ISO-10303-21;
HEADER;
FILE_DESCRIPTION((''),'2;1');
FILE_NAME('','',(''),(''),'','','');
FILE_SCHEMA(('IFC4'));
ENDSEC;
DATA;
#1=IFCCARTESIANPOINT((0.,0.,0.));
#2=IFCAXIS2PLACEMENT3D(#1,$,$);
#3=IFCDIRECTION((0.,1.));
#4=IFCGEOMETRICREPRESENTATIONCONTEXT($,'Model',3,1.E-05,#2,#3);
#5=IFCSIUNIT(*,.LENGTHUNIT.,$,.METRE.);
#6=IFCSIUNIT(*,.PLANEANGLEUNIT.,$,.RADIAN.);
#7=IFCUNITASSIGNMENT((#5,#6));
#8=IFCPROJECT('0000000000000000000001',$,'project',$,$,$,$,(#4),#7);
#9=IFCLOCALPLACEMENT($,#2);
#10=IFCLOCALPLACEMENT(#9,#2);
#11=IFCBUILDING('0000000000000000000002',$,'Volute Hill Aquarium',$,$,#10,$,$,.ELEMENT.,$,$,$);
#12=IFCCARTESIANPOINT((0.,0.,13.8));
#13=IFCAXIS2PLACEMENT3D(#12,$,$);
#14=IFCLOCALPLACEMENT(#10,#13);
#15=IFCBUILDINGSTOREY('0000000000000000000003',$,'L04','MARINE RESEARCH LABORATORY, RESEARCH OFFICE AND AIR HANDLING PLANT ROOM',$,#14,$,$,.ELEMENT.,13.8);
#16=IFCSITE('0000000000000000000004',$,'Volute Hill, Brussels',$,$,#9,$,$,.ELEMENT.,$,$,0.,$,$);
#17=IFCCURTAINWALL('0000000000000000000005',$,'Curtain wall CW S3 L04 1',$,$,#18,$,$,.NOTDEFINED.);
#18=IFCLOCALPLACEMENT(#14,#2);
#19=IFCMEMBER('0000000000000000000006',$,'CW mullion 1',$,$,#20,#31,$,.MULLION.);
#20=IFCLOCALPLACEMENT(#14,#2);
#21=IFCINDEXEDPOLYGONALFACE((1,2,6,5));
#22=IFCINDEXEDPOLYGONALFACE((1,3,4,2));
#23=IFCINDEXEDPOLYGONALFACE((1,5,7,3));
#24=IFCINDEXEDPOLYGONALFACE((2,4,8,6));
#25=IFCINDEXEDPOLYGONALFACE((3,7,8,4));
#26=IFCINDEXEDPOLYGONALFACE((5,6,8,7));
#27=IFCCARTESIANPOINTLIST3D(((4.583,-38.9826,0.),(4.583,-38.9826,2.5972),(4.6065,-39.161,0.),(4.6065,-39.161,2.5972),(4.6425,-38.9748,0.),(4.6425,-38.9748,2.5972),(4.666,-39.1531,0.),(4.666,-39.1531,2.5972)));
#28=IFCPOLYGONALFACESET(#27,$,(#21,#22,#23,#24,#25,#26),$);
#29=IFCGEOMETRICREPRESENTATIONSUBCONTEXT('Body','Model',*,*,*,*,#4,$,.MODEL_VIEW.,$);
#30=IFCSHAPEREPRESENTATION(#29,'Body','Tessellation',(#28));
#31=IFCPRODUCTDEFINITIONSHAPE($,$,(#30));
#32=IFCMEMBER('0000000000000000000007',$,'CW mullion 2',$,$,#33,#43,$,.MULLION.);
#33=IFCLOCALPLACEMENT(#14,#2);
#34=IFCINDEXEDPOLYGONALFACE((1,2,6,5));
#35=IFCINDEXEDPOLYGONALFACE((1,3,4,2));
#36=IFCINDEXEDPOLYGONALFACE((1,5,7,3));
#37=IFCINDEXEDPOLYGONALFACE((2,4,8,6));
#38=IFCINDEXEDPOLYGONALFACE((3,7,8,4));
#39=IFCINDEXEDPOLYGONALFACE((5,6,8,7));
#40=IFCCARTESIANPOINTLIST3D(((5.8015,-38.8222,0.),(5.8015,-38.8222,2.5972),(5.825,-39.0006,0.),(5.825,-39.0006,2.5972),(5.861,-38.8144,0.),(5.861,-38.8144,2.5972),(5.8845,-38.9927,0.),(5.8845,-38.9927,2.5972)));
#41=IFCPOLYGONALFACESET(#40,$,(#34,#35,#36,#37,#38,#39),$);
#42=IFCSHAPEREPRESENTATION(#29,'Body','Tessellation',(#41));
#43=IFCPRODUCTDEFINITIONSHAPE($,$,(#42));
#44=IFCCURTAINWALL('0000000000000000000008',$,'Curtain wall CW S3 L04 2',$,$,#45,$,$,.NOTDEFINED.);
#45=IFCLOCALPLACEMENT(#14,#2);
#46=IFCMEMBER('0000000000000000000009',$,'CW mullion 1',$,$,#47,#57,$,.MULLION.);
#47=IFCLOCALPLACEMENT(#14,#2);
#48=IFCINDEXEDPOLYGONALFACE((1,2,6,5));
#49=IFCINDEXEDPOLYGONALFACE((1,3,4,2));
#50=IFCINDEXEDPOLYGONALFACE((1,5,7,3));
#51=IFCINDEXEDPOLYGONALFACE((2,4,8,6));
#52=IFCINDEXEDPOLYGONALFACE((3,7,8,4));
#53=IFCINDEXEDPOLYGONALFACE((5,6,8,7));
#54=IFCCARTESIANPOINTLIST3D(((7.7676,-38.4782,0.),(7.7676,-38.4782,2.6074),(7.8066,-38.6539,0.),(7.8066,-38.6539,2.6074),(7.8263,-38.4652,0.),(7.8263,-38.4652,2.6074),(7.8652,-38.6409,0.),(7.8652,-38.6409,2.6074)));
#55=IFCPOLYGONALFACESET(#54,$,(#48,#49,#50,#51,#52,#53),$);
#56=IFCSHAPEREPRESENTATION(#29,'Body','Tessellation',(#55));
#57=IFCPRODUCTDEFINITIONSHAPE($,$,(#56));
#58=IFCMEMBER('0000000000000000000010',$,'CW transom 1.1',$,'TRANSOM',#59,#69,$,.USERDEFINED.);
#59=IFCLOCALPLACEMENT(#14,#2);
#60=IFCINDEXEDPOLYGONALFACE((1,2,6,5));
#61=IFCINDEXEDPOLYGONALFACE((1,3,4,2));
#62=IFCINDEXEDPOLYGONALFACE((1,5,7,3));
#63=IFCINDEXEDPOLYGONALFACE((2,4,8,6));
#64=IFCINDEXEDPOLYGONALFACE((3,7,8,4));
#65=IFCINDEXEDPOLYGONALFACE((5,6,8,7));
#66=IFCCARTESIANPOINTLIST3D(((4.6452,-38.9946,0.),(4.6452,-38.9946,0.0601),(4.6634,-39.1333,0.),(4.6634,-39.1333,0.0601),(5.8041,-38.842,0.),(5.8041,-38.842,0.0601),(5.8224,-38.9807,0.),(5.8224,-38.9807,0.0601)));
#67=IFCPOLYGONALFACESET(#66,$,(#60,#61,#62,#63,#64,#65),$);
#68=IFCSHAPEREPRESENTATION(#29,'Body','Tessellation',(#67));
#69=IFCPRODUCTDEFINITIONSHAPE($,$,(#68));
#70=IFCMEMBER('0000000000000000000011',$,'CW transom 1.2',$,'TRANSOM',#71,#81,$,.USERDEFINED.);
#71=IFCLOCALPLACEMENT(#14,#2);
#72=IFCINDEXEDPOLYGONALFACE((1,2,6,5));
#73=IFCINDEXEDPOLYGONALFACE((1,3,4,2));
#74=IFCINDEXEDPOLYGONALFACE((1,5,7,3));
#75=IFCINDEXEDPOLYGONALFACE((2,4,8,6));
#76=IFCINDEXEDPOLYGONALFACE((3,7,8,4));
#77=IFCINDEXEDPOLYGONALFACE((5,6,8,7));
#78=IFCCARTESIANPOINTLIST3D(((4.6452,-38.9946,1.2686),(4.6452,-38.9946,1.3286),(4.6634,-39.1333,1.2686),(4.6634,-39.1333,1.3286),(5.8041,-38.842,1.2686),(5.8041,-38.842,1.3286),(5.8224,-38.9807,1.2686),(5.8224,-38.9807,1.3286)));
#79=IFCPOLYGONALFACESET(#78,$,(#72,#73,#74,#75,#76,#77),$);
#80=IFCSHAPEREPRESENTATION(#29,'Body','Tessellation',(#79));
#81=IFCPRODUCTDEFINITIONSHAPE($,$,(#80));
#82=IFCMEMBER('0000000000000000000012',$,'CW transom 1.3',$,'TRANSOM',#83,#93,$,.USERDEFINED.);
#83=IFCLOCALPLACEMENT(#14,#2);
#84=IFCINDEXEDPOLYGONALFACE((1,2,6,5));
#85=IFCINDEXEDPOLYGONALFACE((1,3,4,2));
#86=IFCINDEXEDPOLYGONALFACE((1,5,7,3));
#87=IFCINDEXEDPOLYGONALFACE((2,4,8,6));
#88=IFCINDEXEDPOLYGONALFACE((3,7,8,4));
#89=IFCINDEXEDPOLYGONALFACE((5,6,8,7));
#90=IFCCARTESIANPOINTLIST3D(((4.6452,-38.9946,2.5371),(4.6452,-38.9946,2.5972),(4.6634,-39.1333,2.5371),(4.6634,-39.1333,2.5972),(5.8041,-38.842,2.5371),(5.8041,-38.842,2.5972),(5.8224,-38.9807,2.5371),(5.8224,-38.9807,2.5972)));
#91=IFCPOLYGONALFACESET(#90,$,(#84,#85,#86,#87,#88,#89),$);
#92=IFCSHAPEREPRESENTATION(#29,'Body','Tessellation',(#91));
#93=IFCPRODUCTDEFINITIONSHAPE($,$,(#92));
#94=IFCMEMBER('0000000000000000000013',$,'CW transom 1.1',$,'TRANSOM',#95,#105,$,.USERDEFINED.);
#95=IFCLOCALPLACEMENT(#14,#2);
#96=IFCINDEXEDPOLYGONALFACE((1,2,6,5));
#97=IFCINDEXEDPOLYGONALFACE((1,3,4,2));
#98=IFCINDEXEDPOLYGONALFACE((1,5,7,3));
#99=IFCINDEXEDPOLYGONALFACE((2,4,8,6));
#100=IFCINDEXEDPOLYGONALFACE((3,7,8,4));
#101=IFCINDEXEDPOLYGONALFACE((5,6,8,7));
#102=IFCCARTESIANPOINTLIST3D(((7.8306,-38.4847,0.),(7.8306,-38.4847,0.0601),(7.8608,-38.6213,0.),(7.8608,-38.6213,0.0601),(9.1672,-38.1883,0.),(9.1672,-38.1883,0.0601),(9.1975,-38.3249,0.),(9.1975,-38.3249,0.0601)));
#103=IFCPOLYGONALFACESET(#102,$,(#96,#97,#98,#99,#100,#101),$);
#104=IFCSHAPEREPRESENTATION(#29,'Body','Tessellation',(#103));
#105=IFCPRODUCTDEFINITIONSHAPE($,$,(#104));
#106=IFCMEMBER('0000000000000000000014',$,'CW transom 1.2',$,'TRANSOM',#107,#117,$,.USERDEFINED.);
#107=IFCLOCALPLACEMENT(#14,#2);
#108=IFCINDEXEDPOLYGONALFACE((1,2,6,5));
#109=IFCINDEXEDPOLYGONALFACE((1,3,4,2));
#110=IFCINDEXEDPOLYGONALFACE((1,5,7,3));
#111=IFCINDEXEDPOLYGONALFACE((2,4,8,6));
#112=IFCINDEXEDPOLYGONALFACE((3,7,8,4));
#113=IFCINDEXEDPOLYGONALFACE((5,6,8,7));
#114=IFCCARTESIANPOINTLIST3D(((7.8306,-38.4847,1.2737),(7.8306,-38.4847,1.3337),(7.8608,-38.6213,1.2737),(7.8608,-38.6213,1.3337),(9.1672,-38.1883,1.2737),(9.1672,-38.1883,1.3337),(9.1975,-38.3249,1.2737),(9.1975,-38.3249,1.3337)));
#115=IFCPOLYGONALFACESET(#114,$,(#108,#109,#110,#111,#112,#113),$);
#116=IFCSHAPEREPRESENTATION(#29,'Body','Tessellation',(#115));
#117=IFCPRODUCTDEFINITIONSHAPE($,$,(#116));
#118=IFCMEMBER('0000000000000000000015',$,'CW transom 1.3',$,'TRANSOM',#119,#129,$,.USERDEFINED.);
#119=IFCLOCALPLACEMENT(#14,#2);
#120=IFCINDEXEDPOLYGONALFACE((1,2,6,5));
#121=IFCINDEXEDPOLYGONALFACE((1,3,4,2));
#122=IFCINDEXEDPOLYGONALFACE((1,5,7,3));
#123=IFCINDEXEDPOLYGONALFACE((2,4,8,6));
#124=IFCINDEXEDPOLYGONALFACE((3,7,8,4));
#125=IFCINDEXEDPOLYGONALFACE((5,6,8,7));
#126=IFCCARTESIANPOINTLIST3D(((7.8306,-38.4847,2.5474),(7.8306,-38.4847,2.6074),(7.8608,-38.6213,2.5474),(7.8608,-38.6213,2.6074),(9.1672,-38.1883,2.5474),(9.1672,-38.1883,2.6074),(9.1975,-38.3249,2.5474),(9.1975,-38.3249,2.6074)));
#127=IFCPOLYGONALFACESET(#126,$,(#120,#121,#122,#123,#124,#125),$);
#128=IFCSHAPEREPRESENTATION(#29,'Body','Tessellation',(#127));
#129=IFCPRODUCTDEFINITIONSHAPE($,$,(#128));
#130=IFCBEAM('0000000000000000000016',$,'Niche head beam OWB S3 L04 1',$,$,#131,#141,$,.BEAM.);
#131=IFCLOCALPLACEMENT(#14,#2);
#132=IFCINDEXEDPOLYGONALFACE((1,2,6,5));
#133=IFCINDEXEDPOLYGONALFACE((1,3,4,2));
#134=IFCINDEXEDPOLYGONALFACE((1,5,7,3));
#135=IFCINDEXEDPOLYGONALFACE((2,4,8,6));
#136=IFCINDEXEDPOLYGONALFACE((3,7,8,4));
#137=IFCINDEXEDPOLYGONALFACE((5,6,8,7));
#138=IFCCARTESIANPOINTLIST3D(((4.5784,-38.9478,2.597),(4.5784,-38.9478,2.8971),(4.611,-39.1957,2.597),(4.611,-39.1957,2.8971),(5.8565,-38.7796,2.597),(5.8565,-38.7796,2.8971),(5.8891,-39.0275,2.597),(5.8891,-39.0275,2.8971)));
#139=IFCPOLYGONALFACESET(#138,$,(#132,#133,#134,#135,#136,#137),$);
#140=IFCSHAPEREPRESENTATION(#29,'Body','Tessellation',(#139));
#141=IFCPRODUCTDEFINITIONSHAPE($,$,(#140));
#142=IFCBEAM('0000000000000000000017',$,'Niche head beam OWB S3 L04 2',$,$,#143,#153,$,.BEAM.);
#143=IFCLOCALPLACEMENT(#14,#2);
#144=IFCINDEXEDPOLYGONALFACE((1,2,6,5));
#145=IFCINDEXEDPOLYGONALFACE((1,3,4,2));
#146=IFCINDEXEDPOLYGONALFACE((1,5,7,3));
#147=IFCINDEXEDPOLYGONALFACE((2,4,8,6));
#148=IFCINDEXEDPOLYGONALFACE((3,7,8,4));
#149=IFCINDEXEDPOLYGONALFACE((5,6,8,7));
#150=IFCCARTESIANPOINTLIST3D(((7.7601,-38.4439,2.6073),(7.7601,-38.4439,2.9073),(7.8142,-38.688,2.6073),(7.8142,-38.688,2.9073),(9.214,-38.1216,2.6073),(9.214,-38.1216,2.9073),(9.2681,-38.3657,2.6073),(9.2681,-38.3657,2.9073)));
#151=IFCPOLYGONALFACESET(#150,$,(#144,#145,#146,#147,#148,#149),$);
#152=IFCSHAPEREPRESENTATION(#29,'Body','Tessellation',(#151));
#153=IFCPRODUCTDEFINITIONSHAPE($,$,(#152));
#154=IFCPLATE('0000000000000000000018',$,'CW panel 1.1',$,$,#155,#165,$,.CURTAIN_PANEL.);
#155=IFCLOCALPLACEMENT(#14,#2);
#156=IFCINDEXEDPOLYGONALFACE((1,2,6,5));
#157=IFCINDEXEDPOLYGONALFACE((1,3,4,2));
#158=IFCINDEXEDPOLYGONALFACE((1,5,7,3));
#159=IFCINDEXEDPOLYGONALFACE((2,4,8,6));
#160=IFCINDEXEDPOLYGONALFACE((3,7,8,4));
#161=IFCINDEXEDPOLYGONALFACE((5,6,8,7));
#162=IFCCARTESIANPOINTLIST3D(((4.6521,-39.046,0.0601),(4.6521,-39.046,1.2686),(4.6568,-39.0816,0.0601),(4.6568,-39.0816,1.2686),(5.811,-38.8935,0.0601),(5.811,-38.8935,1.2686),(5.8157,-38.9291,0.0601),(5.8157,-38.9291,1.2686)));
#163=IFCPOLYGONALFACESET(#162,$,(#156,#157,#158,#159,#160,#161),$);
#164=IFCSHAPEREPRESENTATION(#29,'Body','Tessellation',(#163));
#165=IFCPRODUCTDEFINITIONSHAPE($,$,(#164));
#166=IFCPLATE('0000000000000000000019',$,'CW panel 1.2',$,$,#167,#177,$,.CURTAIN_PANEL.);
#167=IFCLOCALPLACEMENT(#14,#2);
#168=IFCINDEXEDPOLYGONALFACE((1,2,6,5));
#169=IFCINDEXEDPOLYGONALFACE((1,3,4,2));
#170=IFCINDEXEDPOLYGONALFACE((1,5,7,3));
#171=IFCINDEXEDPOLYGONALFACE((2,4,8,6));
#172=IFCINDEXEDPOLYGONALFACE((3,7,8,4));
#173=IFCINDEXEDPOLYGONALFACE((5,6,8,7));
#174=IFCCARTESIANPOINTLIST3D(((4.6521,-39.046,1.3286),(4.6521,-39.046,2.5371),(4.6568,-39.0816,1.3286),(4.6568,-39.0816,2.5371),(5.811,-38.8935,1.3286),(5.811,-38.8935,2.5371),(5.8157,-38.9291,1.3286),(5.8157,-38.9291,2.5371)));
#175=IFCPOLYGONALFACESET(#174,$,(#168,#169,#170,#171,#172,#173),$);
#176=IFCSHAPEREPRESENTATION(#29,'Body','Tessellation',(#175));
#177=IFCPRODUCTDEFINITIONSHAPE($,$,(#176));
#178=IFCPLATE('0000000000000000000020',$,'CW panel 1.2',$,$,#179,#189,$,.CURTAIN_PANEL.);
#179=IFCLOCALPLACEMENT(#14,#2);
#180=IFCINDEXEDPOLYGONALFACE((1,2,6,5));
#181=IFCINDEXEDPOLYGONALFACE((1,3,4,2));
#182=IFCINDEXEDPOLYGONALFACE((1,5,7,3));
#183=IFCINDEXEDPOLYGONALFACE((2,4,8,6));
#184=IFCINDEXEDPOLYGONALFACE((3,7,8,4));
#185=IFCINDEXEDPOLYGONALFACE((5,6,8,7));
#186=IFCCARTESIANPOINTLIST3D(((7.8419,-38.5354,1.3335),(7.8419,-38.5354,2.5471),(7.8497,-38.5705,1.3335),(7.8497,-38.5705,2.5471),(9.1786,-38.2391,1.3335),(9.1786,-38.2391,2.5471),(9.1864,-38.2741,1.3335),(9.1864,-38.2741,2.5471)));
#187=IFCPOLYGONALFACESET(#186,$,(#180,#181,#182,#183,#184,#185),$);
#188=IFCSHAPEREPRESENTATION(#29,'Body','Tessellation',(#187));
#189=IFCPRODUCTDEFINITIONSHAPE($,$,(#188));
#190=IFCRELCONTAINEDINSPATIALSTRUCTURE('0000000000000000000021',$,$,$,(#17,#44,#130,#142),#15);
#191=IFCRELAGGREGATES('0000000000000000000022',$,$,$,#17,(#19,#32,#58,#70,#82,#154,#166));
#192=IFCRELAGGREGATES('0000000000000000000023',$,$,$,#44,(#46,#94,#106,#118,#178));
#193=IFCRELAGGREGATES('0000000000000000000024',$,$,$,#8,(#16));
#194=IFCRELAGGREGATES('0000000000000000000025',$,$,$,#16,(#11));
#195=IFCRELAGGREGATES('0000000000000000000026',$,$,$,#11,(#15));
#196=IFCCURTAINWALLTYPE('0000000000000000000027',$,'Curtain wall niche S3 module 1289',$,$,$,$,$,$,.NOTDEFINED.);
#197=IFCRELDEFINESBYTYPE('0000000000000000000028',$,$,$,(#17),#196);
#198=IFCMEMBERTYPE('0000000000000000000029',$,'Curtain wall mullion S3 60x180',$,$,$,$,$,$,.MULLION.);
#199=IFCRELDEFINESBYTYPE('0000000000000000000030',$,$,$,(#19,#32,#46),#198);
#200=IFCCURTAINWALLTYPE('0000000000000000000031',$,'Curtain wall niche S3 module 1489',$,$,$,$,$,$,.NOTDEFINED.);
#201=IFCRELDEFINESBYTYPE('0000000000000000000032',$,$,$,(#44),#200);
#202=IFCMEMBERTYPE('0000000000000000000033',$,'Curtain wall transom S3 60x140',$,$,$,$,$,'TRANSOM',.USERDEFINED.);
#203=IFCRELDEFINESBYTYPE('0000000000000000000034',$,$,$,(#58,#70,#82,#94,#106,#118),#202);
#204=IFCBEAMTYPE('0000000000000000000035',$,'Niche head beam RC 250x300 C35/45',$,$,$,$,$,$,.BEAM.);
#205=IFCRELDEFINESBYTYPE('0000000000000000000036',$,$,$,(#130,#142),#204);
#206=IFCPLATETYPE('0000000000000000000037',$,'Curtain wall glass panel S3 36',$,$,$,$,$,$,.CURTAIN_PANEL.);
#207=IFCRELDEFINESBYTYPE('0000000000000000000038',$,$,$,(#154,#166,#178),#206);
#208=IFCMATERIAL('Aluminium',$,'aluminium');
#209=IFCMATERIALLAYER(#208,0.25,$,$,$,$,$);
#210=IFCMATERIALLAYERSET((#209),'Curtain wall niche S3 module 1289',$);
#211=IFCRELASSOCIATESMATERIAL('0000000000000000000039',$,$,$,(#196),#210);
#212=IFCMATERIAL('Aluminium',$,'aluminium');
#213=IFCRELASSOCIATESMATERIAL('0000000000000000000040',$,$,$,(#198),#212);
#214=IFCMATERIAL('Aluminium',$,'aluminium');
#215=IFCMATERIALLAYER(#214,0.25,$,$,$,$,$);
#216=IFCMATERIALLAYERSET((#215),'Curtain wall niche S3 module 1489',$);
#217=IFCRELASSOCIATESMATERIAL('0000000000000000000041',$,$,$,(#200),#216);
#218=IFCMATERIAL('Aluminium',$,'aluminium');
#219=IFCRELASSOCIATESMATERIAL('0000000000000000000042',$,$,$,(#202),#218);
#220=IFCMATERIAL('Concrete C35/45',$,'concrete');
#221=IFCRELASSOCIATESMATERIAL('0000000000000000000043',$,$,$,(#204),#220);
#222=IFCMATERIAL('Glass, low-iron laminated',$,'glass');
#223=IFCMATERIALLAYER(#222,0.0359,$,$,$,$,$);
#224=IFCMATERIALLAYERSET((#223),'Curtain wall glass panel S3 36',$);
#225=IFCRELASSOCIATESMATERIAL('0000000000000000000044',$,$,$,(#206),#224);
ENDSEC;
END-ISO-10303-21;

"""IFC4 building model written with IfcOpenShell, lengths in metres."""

from ifc_helpers import new_model, si_unit, direction, frame, origin, origin_2d, place, context, subcontext, project, spatial, rectangle, extrude, material, layer, layer_set, material_profile, profile_set, type_object, element, aggregate, save


model = new_model("IFC4")

# Units and contexts
model_context = context("Model", 3, precision=1e-05, world=origin(), true_north=direction((0.0, 1.0)))
body_context = subcontext(model_context, "Body", "Model", "MODEL_VIEW")
ifc_project = project(units=[si_unit("LENGTHUNIT", "METRE"), si_unit("PLANEANGLEUNIT", "RADIAN")], contexts=[model_context])

# Site, building, storey
site_placement = place(None, origin())
site = spatial("IfcSite", under=ifc_project, at=site_placement, Name="Volute Hill, Brussels", CompositionType="ELEMENT", RefElevation=0.0)
building_placement = place(site_placement, origin())
building = spatial("IfcBuilding", under=site, at=building_placement, Name="Volute Hill Aquarium", CompositionType="ELEMENT")
storey_placement = place(building_placement, frame((0.0, 0.0, 13.8)))
storey = spatial("IfcBuildingStorey", under=building, at=storey_placement, Name="L04", Description="MARINE RESEARCH LABORATORY, RESEARCH OFFICE AND AIR HANDLING PLANT ROOM", CompositionType="ELEMENT", Elevation=13.8)

# Curtain wall, members
ifc_material_1 = material(Name="Aluminium", Category="aluminium")
ifc_layer_1 = layer(ifc_material_1, 0.25)
ifc_layer_set_1 = layer_set([ifc_layer_1], Name="Curtain wall niche S3 module 1289")
curtain_wall_type_1 = type_object("IfcCurtainWallType", Name="Curtain wall niche S3 module 1289", PredefinedType="NOTDEFINED", material=ifc_layer_set_1)
curtain_wall_1_placement = place(storey_placement, origin())
curtain_wall_1 = element("IfcCurtainWall", 1, at=curtain_wall_1_placement, inside=storey, type_object=curtain_wall_type_1, Name="Curtain wall CW S3 L04 1", PredefinedType="NOTDEFINED")
ifc_material_2 = material(Name="Aluminium", Category="aluminium")
ifc_material_profile_1 = material_profile(ifc_material_2, rectangle(XDim=0.1799, YDim=0.0601, at=origin_2d()), Name="Curtain wall mullion S3 60x180")
ifc_profile_set_1 = profile_set([ifc_material_profile_1], Name="Aluminium")
member_type_1 = type_object("IfcMemberType", Name="Curtain wall mullion S3 60x180", PredefinedType="MULLION", material=ifc_profile_set_1)
member_1_placement = place(storey_placement, frame((4.6245, -39.0679, 0.0), z_axis=(0.0, 0.0, 1.0), x_axis=(-0.130506, 0.991447, 0.0)))
member_1 = element("IfcMember", 2, at=member_1_placement, type_object=member_type_1, Name="CW mullion 1", PredefinedType="MULLION", context=body_context, shape_type="SweptSolid", body=[
    extrude(rectangle(XDim=0.1799, YDim=0.0601, at=origin_2d()), origin(), (0.0, 0.0, 1.0), 2.5972),
])
member_2_placement = place(storey_placement, frame((5.843, -38.9075, 0.0), z_axis=(0.0, 0.0, 1.0), x_axis=(-0.130506, 0.991447, 0.0)))
member_2 = element("IfcMember", 3, at=member_2_placement, type_object=member_type_1, Name="CW mullion 2", PredefinedType="MULLION", context=body_context, shape_type="SweptSolid", body=[
    extrude(rectangle(XDim=0.1799, YDim=0.0601, at=origin_2d()), origin(), (0.0, 0.0, 1.0), 2.5972),
])

# Curtain wall, member
ifc_material_3 = material(Name="Aluminium", Category="aluminium")
ifc_layer_2 = layer(ifc_material_3, 0.25)
ifc_layer_set_2 = layer_set([ifc_layer_2], Name="Curtain wall niche S3 module 1489")
curtain_wall_type_2 = type_object("IfcCurtainWallType", Name="Curtain wall niche S3 module 1489", PredefinedType="NOTDEFINED", material=ifc_layer_set_2)
curtain_wall_2_placement = place(storey_placement, origin())
curtain_wall_2 = element("IfcCurtainWall", 4, at=curtain_wall_2_placement, inside=storey, type_object=curtain_wall_type_2, Name="Curtain wall CW S3 L04 2", PredefinedType="NOTDEFINED")
member_3_placement = place(storey_placement, frame((7.8164, -38.5596, 0.0), z_axis=(0.0, 0.0, 1.0), x_axis=(-0.216429, 0.976298, 0.0)))
member_3 = element("IfcMember", 5, at=member_3_placement, type_object=member_type_1, Name="CW mullion 1", PredefinedType="MULLION", context=body_context, shape_type="SweptSolid", body=[
    extrude(rectangle(XDim=0.1799, YDim=0.0601, at=origin_2d()), origin(), (0.0, 0.0, 1.0), 2.6074),
])

# Members
ifc_material_4 = material(Name="Aluminium", Category="aluminium")
ifc_material_profile_2 = material_profile(ifc_material_4, rectangle(XDim=0.1399, YDim=0.0601, at=origin_2d()), Name="Curtain wall transom S3 60x140")
ifc_profile_set_2 = profile_set([ifc_material_profile_2], Name="Aluminium")
member_type_2 = type_object("IfcMemberType", Name="Curtain wall transom S3 60x140", ElementType="TRANSOM", PredefinedType="USERDEFINED", material=ifc_profile_set_2)
member_4_placement = place(storey_placement, frame((4.6543, -39.064, 0.03), z_axis=(0.991444, 0.130536, 0.0), x_axis=(-0.130536, 0.991444, 0.0)))
member_4 = element("IfcMember", 6, at=member_4_placement, type_object=member_type_2, Name="CW transom 1.1", ObjectType="TRANSOM", PredefinedType="USERDEFINED", context=body_context, shape_type="SweptSolid", body=[
    extrude(rectangle(XDim=0.1399, YDim=0.0601, at=origin_2d()), origin(), (0.0, 0.0, 1.0), 1.1689),
])
member_5_placement = place(storey_placement, frame((4.6543, -39.064, 1.2986), z_axis=(0.991444, 0.130536, 0.0), x_axis=(-0.130536, 0.991444, 0.0)))
member_5 = element("IfcMember", 7, at=member_5_placement, type_object=member_type_2, Name="CW transom 1.2", ObjectType="TRANSOM", PredefinedType="USERDEFINED", context=body_context, shape_type="SweptSolid", body=[
    extrude(rectangle(XDim=0.1399, YDim=0.0601, at=origin_2d()), origin(), (0.0, 0.0, 1.0), 1.1689),
])
member_6_placement = place(storey_placement, frame((4.6543, -39.064, 2.5671), z_axis=(0.991444, 0.130536, 0.0), x_axis=(-0.130536, 0.991444, 0.0)))
member_6 = element("IfcMember", 8, at=member_6_placement, type_object=member_type_2, Name="CW transom 1.3", ObjectType="TRANSOM", PredefinedType="USERDEFINED", context=body_context, shape_type="SweptSolid", body=[
    extrude(rectangle(XDim=0.1399, YDim=0.0601, at=origin_2d()), origin(), (0.0, 0.0, 1.0), 1.1689),
])
member_7_placement = place(storey_placement, frame((7.8457, -38.553, 0.03), z_axis=(0.976288, 0.216477, 0.0), x_axis=(-0.216477, 0.976288, 0.0)))
member_7 = element("IfcMember", 9, at=member_7_placement, type_object=member_type_2, Name="CW transom 1.1", ObjectType="TRANSOM", PredefinedType="USERDEFINED", context=body_context, shape_type="SweptSolid", body=[
    extrude(rectangle(XDim=0.1399, YDim=0.0601, at=origin_2d()), origin(), (0.0, 0.0, 1.0), 1.3691),
])
member_8_placement = place(storey_placement, frame((7.8457, -38.553, 1.3037), z_axis=(0.976288, 0.216477, 0.0), x_axis=(-0.216477, 0.976288, 0.0)))
member_8 = element("IfcMember", 10, at=member_8_placement, type_object=member_type_2, Name="CW transom 1.2", ObjectType="TRANSOM", PredefinedType="USERDEFINED", context=body_context, shape_type="SweptSolid", body=[
    extrude(rectangle(XDim=0.1399, YDim=0.0601, at=origin_2d()), origin(), (0.0, 0.0, 1.0), 1.3691),
])
member_9_placement = place(storey_placement, frame((7.8457, -38.553, 2.5774), z_axis=(0.976288, 0.216477, 0.0), x_axis=(-0.216477, 0.976288, 0.0)))
member_9 = element("IfcMember", 11, at=member_9_placement, type_object=member_type_2, Name="CW transom 1.3", ObjectType="TRANSOM", PredefinedType="USERDEFINED", context=body_context, shape_type="SweptSolid", body=[
    extrude(rectangle(XDim=0.1399, YDim=0.0601, at=origin_2d()), origin(), (0.0, 0.0, 1.0), 1.3691),
])

# Beams
ifc_material_5 = material(Name="Concrete C35/45", Category="concrete")
ifc_material_profile_3 = material_profile(ifc_material_5, rectangle(XDim=0.25, YDim=0.3, at=origin_2d()), Name="RC beam 250x300")
ifc_profile_set_3 = profile_set([ifc_material_profile_3], Name="Concrete C35/45")
beam_type = type_object("IfcBeamType", Name="Niche head beam RC 250x300 C35/45", PredefinedType="BEAM", material=ifc_profile_set_3)
beam_1_placement = place(storey_placement, frame((4.5947, -39.0718, 2.7471), z_axis=(0.99145, 0.130489, 0.0), x_axis=(-0.130489, 0.99145, 0.0)))
element("IfcBeam", 12, at=beam_1_placement, inside=storey, type_object=beam_type, Name="Niche head beam OWB S3 L04 1", PredefinedType="BEAM", context=body_context, shape_type="SweptSolid", body=[
    extrude(rectangle(XDim=0.25, YDim=0.3, at=origin_2d()), origin(), (0.0, 0.0, 1.0), 1.2891),
])
beam_2_placement = place(storey_placement, frame((7.7871, -38.5659, 2.7573), z_axis=(0.976303, 0.21641, 0.0), x_axis=(-0.21641, 0.976303, 0.0)))
element("IfcBeam", 13, at=beam_2_placement, inside=storey, type_object=beam_type, Name="Niche head beam OWB S3 L04 2", PredefinedType="BEAM", context=body_context, shape_type="SweptSolid", body=[
    extrude(rectangle(XDim=0.25, YDim=0.3, at=origin_2d()), origin(), (0.0, 0.0, 1.0), 1.4893),
])

# Plates
ifc_material_6 = material(Name="Glass, low-iron laminated", Category="glass")
ifc_layer_3 = layer(ifc_material_6, 0.0359)
ifc_layer_set_3 = layer_set([ifc_layer_3], Name="Curtain wall glass panel S3 36")
plate_type_1 = type_object("IfcPlateType", Name="Curtain wall glass panel S3 36", PredefinedType="CURTAIN_PANEL", material=ifc_layer_set_3)
plate_1_placement = place(storey_placement, frame((5.2339, -38.9875, 0.0601), z_axis=(0.0, 0.0, 1.0), x_axis=(0.991447, 0.130506, 0.0)))
plate_1 = element("IfcPlate", 14, at=plate_1_placement, type_object=plate_type_1, Name="CW panel 1.1", PredefinedType="CURTAIN_PANEL", context=body_context, shape_type="SweptSolid", body=[
    extrude(rectangle(XDim=1.1689, YDim=0.0359, at=origin_2d()), origin(), (0.0, 0.0, 1.0), 1.2085),
])
plate_2_placement = place(storey_placement, frame((5.2339, -38.9875, 1.3286), z_axis=(0.0, 0.0, 1.0), x_axis=(0.991447, 0.130506, 0.0)))
plate_2 = element("IfcPlate", 15, at=plate_2_placement, type_object=plate_type_1, Name="CW panel 1.2", PredefinedType="CURTAIN_PANEL", context=body_context, shape_type="SweptSolid", body=[
    extrude(rectangle(XDim=1.1689, YDim=0.0359, at=origin_2d()), origin(), (0.0, 0.0, 1.0), 1.2085),
])
aggregate(curtain_wall_1, [member_1, member_2, member_4, member_5, member_6, plate_1, plate_2])
plate_3_placement = place(storey_placement, frame((8.5142, -38.4048, 1.3335), z_axis=(0.0, 0.0, 1.0), x_axis=(0.976298, 0.216429, 0.0)))
plate_3 = element("IfcPlate", 16, at=plate_3_placement, type_object=plate_type_1, Name="CW panel 1.2", PredefinedType="CURTAIN_PANEL", context=body_context, shape_type="SweptSolid", body=[
    extrude(rectangle(XDim=1.3691, YDim=0.0359, at=origin_2d()), origin(), (0.0, 0.0, 1.0), 1.2136),
])
aggregate(curtain_wall_2, [member_3, member_7, member_8, member_9, plate_3])

save(model, "model.ifc")
